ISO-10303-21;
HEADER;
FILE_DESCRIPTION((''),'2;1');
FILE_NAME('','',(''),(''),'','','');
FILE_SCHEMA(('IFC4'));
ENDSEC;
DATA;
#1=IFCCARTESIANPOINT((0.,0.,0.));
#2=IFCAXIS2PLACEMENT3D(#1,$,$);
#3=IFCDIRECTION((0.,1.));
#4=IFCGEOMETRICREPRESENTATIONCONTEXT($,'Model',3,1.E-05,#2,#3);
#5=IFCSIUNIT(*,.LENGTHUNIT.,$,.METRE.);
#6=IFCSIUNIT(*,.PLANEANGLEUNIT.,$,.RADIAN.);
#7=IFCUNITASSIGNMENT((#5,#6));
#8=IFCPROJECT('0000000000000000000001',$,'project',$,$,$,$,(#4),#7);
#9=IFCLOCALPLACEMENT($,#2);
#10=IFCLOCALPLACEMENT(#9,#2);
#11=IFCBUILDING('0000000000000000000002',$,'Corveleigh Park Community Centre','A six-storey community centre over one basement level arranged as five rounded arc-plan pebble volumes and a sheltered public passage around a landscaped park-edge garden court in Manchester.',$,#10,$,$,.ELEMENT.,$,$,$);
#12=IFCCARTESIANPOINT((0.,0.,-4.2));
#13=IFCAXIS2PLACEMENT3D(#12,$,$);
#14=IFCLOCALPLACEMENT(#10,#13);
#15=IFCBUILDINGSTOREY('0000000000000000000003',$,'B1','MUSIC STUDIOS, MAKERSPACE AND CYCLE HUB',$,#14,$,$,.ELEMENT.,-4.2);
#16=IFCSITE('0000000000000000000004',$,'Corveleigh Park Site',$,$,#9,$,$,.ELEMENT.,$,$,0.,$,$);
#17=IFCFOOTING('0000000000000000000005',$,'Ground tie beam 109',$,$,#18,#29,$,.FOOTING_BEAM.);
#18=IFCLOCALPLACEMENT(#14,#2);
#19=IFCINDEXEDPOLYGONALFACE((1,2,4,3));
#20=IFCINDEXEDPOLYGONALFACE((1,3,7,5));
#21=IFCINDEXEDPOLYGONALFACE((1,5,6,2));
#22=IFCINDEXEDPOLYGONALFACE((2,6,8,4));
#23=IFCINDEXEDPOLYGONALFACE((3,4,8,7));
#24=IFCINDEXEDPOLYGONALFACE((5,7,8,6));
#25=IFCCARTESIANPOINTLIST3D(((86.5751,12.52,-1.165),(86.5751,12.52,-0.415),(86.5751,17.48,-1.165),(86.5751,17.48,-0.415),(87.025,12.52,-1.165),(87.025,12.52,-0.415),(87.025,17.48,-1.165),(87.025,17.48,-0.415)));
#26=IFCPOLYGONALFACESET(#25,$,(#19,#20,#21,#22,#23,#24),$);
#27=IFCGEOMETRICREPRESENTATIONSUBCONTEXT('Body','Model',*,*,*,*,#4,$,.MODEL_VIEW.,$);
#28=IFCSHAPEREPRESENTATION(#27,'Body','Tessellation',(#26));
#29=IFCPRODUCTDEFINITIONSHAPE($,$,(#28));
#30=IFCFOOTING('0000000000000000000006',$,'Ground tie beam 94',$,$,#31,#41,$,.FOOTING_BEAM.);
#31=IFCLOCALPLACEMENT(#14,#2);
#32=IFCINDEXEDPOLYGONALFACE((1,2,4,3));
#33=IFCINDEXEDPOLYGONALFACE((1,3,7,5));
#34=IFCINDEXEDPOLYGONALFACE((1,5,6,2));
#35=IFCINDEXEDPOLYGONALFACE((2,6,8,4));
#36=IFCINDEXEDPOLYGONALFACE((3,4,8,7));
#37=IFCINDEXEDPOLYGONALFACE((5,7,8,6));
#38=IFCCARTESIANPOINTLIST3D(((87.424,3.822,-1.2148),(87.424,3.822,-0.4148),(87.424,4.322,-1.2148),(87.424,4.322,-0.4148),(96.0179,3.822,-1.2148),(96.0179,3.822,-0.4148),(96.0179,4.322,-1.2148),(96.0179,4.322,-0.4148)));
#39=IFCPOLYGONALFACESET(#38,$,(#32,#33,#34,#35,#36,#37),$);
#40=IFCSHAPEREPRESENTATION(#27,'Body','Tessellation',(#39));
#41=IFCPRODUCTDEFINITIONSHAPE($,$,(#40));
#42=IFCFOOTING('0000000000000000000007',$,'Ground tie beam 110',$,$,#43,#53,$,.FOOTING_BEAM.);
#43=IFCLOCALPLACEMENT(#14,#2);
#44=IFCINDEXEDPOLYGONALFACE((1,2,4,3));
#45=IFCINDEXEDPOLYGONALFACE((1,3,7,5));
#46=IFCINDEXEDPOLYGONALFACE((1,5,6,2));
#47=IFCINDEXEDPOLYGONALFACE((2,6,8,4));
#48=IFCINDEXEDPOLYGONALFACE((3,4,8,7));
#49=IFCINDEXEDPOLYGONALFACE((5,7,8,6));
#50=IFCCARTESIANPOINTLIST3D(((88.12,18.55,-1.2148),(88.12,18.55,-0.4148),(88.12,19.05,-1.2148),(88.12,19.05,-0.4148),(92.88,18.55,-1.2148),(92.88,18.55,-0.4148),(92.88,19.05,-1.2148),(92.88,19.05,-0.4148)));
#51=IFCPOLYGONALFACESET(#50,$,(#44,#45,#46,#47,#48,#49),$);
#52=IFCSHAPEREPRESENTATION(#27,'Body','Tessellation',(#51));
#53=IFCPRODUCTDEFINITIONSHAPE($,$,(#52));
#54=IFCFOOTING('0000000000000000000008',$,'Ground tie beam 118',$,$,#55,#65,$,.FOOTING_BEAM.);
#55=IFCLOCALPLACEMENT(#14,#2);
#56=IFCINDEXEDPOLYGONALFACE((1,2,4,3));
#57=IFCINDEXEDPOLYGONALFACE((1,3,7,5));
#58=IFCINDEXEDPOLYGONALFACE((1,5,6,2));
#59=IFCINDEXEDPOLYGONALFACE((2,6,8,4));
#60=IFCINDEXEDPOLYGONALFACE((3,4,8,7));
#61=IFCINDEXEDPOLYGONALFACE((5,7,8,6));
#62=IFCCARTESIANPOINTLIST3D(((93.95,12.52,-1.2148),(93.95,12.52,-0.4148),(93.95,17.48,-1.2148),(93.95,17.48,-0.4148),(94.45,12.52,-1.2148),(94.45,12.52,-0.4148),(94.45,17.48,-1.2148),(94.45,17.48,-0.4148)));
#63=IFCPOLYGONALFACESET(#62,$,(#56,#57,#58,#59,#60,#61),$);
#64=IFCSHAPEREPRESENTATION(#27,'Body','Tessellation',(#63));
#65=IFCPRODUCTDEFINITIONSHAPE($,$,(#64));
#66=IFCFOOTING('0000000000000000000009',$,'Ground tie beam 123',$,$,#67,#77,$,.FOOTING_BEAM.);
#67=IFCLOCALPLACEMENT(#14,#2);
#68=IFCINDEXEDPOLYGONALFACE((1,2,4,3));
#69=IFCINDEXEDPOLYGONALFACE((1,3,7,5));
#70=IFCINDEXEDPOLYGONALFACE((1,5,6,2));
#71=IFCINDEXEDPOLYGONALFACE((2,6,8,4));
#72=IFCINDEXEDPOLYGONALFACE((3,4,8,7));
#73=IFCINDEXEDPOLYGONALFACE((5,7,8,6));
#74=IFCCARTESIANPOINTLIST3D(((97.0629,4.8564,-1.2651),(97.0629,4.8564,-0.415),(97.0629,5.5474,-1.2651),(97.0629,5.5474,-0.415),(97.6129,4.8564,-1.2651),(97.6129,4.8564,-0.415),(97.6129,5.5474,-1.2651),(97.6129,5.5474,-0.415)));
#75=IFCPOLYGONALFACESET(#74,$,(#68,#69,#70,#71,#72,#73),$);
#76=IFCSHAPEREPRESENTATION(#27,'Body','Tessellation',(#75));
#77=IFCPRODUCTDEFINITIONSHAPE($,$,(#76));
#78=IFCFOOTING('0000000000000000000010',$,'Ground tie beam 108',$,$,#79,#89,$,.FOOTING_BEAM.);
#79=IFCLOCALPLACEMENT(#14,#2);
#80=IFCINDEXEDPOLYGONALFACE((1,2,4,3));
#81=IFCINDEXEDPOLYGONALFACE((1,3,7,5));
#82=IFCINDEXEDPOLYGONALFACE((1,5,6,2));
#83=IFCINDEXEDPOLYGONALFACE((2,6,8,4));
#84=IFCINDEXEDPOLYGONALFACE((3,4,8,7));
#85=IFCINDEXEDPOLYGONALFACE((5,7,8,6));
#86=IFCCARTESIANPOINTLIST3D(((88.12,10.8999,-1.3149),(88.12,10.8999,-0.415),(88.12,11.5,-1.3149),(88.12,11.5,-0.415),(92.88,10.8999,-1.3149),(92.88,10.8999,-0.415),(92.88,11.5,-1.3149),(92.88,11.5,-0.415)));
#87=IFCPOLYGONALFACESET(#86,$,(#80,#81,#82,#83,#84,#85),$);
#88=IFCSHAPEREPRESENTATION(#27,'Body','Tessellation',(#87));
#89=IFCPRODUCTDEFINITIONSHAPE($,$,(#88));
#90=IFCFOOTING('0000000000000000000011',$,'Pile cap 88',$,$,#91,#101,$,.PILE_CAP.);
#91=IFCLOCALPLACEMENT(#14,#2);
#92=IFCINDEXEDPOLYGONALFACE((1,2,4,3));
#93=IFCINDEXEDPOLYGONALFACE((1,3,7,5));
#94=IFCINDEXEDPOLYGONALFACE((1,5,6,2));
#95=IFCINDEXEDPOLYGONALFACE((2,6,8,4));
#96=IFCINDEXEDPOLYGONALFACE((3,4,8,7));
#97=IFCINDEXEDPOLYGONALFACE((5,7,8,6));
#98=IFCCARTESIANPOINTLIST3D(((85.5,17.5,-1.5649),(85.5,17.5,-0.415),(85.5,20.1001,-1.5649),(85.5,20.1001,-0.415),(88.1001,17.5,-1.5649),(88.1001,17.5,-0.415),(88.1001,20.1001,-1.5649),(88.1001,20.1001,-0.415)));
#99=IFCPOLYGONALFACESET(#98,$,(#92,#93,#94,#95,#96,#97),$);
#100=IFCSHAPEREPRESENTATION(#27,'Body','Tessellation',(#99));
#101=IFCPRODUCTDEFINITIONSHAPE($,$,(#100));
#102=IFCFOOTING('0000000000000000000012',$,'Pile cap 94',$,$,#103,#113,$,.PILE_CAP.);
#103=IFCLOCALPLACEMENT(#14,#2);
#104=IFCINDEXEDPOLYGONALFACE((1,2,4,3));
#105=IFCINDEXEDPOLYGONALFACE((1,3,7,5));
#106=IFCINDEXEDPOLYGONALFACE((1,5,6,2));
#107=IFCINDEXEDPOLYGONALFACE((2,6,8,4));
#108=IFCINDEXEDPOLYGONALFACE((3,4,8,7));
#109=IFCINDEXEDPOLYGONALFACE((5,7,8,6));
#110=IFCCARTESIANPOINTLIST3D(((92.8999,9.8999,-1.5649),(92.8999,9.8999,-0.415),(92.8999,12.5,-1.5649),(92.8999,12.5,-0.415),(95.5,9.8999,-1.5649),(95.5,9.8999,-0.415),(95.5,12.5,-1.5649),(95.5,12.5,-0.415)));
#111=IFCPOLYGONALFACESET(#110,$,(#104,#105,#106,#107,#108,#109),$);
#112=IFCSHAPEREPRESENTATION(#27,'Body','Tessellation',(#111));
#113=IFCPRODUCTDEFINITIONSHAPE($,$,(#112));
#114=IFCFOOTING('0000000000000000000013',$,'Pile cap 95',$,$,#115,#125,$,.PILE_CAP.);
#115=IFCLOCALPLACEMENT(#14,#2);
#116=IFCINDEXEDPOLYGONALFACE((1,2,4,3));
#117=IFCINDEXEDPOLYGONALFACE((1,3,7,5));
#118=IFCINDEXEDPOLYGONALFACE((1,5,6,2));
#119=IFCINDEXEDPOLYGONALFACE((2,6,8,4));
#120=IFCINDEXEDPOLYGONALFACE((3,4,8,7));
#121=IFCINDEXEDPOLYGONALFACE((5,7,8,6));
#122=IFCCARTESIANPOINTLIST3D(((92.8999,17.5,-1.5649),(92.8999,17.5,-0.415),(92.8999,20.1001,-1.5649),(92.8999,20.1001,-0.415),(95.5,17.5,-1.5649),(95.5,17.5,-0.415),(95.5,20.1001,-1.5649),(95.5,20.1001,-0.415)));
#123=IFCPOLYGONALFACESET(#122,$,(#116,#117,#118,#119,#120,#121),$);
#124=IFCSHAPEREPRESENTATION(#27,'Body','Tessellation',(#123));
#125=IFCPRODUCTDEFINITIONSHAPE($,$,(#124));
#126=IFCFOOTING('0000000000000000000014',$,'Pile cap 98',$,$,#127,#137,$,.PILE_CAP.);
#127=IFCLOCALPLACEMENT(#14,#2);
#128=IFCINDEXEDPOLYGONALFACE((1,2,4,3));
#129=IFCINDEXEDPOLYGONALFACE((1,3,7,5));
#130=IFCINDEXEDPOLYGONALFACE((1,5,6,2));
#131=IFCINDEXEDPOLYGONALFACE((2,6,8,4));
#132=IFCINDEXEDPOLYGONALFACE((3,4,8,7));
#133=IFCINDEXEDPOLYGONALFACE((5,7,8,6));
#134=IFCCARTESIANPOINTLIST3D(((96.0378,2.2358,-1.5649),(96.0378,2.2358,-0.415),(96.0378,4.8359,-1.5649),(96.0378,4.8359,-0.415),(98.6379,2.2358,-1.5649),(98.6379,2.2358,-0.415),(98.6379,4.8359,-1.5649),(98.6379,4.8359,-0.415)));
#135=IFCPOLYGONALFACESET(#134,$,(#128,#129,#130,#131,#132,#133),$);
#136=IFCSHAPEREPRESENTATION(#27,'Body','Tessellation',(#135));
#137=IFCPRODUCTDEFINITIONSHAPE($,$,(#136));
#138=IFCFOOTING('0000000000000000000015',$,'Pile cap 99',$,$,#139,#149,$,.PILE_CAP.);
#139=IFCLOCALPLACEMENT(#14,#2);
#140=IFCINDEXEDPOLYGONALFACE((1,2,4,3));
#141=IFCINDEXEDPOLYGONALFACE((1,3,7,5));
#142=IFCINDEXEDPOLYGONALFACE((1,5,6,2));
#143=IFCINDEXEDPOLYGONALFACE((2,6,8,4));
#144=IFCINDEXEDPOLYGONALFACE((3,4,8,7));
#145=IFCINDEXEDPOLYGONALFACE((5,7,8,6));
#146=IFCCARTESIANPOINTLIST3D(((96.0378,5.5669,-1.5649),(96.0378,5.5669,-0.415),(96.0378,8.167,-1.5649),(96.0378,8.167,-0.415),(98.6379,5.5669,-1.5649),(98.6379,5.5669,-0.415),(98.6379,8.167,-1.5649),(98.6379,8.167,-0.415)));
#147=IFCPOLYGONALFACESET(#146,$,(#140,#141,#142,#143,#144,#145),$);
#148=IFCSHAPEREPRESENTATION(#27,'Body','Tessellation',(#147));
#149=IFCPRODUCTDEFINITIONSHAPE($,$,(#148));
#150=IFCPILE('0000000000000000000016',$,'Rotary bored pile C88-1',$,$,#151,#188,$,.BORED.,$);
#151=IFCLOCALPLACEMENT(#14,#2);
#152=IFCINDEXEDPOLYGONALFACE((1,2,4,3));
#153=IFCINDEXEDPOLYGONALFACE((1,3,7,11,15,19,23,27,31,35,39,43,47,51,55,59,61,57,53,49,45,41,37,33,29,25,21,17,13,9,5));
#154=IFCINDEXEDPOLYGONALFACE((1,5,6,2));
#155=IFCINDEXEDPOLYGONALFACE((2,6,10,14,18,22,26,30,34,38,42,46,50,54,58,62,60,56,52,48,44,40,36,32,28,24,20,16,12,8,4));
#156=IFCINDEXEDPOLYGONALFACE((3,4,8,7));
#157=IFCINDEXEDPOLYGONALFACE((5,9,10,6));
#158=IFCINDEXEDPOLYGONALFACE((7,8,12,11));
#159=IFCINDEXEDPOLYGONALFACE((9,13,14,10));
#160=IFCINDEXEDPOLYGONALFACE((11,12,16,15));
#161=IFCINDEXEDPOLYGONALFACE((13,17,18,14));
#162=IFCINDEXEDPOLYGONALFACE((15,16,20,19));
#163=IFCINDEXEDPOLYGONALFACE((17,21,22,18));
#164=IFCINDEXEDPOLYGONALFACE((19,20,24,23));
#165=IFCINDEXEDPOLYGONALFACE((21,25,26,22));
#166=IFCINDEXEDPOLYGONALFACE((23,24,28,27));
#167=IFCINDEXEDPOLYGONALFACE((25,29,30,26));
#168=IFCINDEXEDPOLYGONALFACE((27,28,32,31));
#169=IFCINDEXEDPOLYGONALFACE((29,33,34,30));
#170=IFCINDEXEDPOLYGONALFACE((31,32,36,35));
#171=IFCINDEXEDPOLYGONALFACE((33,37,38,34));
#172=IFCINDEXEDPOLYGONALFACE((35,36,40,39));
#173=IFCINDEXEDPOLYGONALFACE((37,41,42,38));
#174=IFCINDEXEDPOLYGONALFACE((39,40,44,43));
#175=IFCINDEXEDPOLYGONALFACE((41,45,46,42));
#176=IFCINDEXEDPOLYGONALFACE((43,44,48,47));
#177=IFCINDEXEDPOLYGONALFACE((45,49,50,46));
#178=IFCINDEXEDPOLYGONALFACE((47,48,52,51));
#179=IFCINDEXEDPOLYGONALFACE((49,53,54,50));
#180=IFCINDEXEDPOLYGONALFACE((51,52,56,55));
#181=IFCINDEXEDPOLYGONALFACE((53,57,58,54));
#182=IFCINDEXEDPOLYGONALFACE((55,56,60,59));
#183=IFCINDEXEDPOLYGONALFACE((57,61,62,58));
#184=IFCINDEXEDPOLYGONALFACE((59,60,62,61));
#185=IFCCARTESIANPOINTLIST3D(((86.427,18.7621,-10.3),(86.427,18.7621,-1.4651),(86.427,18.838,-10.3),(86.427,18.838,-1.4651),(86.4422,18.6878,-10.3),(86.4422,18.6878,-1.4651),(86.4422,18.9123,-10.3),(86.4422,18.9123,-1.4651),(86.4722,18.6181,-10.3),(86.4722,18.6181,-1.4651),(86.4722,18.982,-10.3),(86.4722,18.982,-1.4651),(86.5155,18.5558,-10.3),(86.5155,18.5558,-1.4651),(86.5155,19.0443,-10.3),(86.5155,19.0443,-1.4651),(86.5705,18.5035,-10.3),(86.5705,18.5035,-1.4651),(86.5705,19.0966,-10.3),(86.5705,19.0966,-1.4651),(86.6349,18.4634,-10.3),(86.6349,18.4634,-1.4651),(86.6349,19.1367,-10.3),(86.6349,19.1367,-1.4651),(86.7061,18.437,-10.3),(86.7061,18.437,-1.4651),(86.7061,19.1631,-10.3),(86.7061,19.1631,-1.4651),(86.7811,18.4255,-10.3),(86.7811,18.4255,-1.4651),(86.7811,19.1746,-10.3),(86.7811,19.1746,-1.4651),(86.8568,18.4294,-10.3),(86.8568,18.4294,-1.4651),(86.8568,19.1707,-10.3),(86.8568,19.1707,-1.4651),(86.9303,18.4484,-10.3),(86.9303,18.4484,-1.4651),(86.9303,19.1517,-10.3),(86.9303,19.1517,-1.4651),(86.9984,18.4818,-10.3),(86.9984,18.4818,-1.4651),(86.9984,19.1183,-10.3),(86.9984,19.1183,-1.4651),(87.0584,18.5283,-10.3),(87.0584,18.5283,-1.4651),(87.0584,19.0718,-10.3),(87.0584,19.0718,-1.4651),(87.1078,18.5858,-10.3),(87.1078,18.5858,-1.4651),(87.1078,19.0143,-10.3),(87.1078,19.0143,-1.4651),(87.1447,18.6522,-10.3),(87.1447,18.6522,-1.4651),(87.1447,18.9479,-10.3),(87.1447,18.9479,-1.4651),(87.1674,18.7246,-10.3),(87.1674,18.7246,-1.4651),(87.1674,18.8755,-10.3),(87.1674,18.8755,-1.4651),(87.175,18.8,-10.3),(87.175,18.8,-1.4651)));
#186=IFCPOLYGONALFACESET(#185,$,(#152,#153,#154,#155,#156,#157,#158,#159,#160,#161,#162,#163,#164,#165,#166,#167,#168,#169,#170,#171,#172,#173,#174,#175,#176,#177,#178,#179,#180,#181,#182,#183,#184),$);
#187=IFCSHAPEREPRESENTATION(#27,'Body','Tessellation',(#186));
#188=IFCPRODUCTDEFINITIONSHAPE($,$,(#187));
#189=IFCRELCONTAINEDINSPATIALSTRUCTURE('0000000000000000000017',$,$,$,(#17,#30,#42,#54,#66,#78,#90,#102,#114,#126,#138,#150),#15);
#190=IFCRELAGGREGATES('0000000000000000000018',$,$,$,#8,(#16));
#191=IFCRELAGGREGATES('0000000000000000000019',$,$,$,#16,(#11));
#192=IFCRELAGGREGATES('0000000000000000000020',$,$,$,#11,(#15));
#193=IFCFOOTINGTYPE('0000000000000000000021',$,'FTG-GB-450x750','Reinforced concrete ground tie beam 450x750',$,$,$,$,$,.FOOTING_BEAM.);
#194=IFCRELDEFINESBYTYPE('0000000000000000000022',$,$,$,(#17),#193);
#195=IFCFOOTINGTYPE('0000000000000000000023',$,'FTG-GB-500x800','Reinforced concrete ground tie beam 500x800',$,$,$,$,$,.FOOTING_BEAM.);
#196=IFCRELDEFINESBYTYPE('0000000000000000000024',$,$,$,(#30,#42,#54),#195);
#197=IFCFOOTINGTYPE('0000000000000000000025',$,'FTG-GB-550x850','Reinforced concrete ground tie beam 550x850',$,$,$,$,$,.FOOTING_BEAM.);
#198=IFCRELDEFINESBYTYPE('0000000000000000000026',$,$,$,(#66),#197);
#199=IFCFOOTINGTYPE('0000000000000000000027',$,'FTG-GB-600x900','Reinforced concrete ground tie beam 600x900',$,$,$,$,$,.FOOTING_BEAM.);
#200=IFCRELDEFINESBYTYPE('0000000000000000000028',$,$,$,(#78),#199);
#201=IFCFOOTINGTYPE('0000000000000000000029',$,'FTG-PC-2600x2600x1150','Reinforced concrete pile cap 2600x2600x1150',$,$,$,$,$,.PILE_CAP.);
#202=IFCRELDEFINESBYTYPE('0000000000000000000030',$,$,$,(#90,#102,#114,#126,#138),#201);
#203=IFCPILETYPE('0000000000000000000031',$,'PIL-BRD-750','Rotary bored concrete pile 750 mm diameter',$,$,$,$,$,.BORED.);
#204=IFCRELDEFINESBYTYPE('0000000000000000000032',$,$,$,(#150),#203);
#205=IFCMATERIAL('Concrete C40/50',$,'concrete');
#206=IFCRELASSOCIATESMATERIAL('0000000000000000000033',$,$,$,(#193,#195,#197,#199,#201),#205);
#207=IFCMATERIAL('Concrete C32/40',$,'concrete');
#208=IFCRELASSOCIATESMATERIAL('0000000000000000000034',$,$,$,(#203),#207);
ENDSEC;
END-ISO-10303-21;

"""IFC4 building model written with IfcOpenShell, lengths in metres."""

from ifc_helpers import new_model, si_unit, direction, frame, origin, origin_2d, place, context, subcontext, project, spatial, rectangle, circle, extrude, material, material_profile, profile_set, type_object, element, save


model = new_model("IFC4")

# Units and contexts
model_context = context("Model", 3, precision=1e-05, world=origin(), true_north=direction((0.0, 1.0)))
body_context = subcontext(model_context, "Body", "Model", "MODEL_VIEW")
ifc_project = project(units=[si_unit("LENGTHUNIT", "METRE"), si_unit("PLANEANGLEUNIT", "RADIAN")], contexts=[model_context])

# Site, building, storey
site_placement = place(None, origin())
site = spatial("IfcSite", under=ifc_project, at=site_placement, Name="Corveleigh Park Site", CompositionType="ELEMENT", RefElevation=0.0)
building_placement = place(site_placement, origin())
building = spatial("IfcBuilding", under=site, at=building_placement, Name="Corveleigh Park Community Centre", Description="A six-storey community centre over one basement level arranged as five rounded arc-plan pebble volumes and a sheltered public passage around a landscaped park-edge garden court in Manchester.", CompositionType="ELEMENT")
storey_placement = place(building_placement, frame((0.0, 0.0, -4.2)))
storey = spatial("IfcBuildingStorey", under=building, at=storey_placement, Name="B1", Description="MUSIC STUDIOS, MAKERSPACE AND CYCLE HUB", CompositionType="ELEMENT", Elevation=-4.2)

# Footings
ifc_material_1 = material(Name="Concrete C40/50", Category="concrete")
footing_type_1 = type_object("IfcFootingType", Name="FTG-GB-450x750", Description="Reinforced concrete ground tie beam 450x750", PredefinedType="FOOTING_BEAM", material=ifc_material_1)
footing_1_placement = place(storey_placement, frame((86.8, 15.0, -1.165), z_axis=(0.0, 0.0, 1.0), x_axis=(1.0, 0.0, 0.0)))
element("IfcFooting", 1, at=footing_1_placement, inside=storey, type_object=footing_type_1, Name="Ground tie beam 109", PredefinedType="FOOTING_BEAM", context=body_context, shape_type="SweptSolid", body=[
    extrude(rectangle(XDim=0.45, YDim=4.96, at=origin_2d()), origin(), (0.0, 0.0, 1.0), 0.75),
])
footing_type_2 = type_object("IfcFootingType", Name="FTG-GB-500x800", Description="Reinforced concrete ground tie beam 500x800", PredefinedType="FOOTING_BEAM", material=ifc_material_1)
footing_2_placement = place(storey_placement, frame((91.7209, 4.072, -1.2148), z_axis=(0.0, 0.0, 1.0), x_axis=(1.0, 0.0, 0.0)))
element("IfcFooting", 2, at=footing_2_placement, inside=storey, type_object=footing_type_2, Name="Ground tie beam 94", PredefinedType="FOOTING_BEAM", context=body_context, shape_type="SweptSolid", body=[
    extrude(rectangle(XDim=8.594, YDim=0.5, at=origin_2d()), origin(), (0.0, 0.0, 1.0), 0.8),
])
footing_3_placement = place(storey_placement, frame((90.5, 18.8, -1.2148), z_axis=(0.0, 0.0, 1.0), x_axis=(1.0, 0.0, 0.0)))
element("IfcFooting", 3, at=footing_3_placement, inside=storey, type_object=footing_type_2, Name="Ground tie beam 110", PredefinedType="FOOTING_BEAM", context=body_context, shape_type="SweptSolid", body=[
    extrude(rectangle(XDim=4.76, YDim=0.5, at=origin_2d()), origin(), (0.0, 0.0, 1.0), 0.8),
])
footing_4_placement = place(storey_placement, frame((94.2, 15.0, -1.2148), z_axis=(0.0, 0.0, 1.0), x_axis=(1.0, 0.0, 0.0)))
element("IfcFooting", 4, at=footing_4_placement, inside=storey, type_object=footing_type_2, Name="Ground tie beam 118", PredefinedType="FOOTING_BEAM", context=body_context, shape_type="SweptSolid", body=[
    extrude(rectangle(XDim=0.5, YDim=4.96, at=origin_2d()), origin(), (0.0, 0.0, 1.0), 0.8),
])
footing_type_3 = type_object("IfcFootingType", Name="FTG-GB-550x850", Description="Reinforced concrete ground tie beam 550x850", PredefinedType="FOOTING_BEAM", material=ifc_material_1)
footing_5_placement = place(storey_placement, frame((97.3379, 5.2019, -1.2651), z_axis=(0.0, 0.0, 1.0), x_axis=(1.0, 0.0, 0.0)))
element("IfcFooting", 5, at=footing_5_placement, inside=storey, type_object=footing_type_3, Name="Ground tie beam 123", PredefinedType="FOOTING_BEAM", context=body_context, shape_type="SweptSolid", body=[
    extrude(rectangle(XDim=0.55, YDim=0.6909, at=origin_2d()), origin(), (0.0, 0.0, 1.0), 0.8501),
])
footing_type_4 = type_object("IfcFootingType", Name="FTG-GB-600x900", Description="Reinforced concrete ground tie beam 600x900", PredefinedType="FOOTING_BEAM", material=ifc_material_1)
footing_6_placement = place(storey_placement, frame((90.5, 11.2, -1.3149), z_axis=(0.0, 0.0, 1.0), x_axis=(1.0, 0.0, 0.0)))
element("IfcFooting", 6, at=footing_6_placement, inside=storey, type_object=footing_type_4, Name="Ground tie beam 108", PredefinedType="FOOTING_BEAM", context=body_context, shape_type="SweptSolid", body=[
    extrude(rectangle(XDim=4.76, YDim=0.6001, at=origin_2d()), origin(), (0.0, 0.0, 1.0), 0.8999),
])
footing_type_5 = type_object("IfcFootingType", Name="FTG-PC-2600x2600x1150", Description="Reinforced concrete pile cap 2600x2600x1150", PredefinedType="PILE_CAP", material=ifc_material_1)
for number, where, z_axis, x_axis, name in (
    (7, (86.8, 18.8, -1.5649), (0.0, 0.0, 1.0), (1.0, 0.0, 0.0), "Pile cap 88"),
    (8, (94.2, 11.2, -1.5649), (0.0, 0.0, 1.0), (1.0, 0.0, 0.0), "Pile cap 94"),
    (9, (94.2, 18.8, -1.5649), (0.0, 0.0, 1.0), (1.0, 0.0, 0.0), "Pile cap 95"),
    (10, (97.3379, 3.5359, -1.5649), (0.0, 0.0, 1.0), (1.0, 0.0, 0.0), "Pile cap 98"),
    (11, (97.3379, 6.8669, -1.5649), (0.0, 0.0, 1.0), (1.0, 0.0, 0.0), "Pile cap 99"),
):
    element("IfcFooting", number, at=place(storey_placement, frame(where, z_axis=z_axis, x_axis=x_axis)), inside=storey, type_object=footing_type_5, Name=name, PredefinedType="PILE_CAP", context=body_context, shape_type="SweptSolid", body=[
        extrude(rectangle(XDim=2.6001, YDim=2.6001, at=origin_2d()), origin(), (0.0, 0.0, 1.0), 1.1499),
    ])

# Pile
ifc_material_2 = material(Name="Concrete C32/40", Category="concrete")
ifc_material_profile_1 = material_profile(ifc_material_2, circle(Radius=0.375, at=origin_2d()), Name="BORED-PILE-750", Category="concrete")
ifc_profile_set_1 = profile_set([ifc_material_profile_1], Name="Concrete C32/40")
pile_type = type_object("IfcPileType", Name="PIL-BRD-750", Description="Rotary bored concrete pile 750 mm diameter", PredefinedType="BORED", material=ifc_profile_set_1)
for number, where, z_axis, x_axis, name in (
    (12, (86.8, 18.8, -1.4651), (0.0, 0.0, -1.0), (1.0, 0.0, 0.0), "Rotary bored pile C88-1"),
):
    element("IfcPile", number, at=place(storey_placement, frame(where, z_axis=z_axis, x_axis=x_axis)), inside=storey, type_object=pile_type, Name=name, PredefinedType="BORED", context=body_context, shape_type="SweptSolid", body=[
        extrude(circle(Radius=0.375, at=origin_2d()), origin(), (0.0, 0.0, 1.0), 8.835),
    ])

save(model, "model.ifc")
